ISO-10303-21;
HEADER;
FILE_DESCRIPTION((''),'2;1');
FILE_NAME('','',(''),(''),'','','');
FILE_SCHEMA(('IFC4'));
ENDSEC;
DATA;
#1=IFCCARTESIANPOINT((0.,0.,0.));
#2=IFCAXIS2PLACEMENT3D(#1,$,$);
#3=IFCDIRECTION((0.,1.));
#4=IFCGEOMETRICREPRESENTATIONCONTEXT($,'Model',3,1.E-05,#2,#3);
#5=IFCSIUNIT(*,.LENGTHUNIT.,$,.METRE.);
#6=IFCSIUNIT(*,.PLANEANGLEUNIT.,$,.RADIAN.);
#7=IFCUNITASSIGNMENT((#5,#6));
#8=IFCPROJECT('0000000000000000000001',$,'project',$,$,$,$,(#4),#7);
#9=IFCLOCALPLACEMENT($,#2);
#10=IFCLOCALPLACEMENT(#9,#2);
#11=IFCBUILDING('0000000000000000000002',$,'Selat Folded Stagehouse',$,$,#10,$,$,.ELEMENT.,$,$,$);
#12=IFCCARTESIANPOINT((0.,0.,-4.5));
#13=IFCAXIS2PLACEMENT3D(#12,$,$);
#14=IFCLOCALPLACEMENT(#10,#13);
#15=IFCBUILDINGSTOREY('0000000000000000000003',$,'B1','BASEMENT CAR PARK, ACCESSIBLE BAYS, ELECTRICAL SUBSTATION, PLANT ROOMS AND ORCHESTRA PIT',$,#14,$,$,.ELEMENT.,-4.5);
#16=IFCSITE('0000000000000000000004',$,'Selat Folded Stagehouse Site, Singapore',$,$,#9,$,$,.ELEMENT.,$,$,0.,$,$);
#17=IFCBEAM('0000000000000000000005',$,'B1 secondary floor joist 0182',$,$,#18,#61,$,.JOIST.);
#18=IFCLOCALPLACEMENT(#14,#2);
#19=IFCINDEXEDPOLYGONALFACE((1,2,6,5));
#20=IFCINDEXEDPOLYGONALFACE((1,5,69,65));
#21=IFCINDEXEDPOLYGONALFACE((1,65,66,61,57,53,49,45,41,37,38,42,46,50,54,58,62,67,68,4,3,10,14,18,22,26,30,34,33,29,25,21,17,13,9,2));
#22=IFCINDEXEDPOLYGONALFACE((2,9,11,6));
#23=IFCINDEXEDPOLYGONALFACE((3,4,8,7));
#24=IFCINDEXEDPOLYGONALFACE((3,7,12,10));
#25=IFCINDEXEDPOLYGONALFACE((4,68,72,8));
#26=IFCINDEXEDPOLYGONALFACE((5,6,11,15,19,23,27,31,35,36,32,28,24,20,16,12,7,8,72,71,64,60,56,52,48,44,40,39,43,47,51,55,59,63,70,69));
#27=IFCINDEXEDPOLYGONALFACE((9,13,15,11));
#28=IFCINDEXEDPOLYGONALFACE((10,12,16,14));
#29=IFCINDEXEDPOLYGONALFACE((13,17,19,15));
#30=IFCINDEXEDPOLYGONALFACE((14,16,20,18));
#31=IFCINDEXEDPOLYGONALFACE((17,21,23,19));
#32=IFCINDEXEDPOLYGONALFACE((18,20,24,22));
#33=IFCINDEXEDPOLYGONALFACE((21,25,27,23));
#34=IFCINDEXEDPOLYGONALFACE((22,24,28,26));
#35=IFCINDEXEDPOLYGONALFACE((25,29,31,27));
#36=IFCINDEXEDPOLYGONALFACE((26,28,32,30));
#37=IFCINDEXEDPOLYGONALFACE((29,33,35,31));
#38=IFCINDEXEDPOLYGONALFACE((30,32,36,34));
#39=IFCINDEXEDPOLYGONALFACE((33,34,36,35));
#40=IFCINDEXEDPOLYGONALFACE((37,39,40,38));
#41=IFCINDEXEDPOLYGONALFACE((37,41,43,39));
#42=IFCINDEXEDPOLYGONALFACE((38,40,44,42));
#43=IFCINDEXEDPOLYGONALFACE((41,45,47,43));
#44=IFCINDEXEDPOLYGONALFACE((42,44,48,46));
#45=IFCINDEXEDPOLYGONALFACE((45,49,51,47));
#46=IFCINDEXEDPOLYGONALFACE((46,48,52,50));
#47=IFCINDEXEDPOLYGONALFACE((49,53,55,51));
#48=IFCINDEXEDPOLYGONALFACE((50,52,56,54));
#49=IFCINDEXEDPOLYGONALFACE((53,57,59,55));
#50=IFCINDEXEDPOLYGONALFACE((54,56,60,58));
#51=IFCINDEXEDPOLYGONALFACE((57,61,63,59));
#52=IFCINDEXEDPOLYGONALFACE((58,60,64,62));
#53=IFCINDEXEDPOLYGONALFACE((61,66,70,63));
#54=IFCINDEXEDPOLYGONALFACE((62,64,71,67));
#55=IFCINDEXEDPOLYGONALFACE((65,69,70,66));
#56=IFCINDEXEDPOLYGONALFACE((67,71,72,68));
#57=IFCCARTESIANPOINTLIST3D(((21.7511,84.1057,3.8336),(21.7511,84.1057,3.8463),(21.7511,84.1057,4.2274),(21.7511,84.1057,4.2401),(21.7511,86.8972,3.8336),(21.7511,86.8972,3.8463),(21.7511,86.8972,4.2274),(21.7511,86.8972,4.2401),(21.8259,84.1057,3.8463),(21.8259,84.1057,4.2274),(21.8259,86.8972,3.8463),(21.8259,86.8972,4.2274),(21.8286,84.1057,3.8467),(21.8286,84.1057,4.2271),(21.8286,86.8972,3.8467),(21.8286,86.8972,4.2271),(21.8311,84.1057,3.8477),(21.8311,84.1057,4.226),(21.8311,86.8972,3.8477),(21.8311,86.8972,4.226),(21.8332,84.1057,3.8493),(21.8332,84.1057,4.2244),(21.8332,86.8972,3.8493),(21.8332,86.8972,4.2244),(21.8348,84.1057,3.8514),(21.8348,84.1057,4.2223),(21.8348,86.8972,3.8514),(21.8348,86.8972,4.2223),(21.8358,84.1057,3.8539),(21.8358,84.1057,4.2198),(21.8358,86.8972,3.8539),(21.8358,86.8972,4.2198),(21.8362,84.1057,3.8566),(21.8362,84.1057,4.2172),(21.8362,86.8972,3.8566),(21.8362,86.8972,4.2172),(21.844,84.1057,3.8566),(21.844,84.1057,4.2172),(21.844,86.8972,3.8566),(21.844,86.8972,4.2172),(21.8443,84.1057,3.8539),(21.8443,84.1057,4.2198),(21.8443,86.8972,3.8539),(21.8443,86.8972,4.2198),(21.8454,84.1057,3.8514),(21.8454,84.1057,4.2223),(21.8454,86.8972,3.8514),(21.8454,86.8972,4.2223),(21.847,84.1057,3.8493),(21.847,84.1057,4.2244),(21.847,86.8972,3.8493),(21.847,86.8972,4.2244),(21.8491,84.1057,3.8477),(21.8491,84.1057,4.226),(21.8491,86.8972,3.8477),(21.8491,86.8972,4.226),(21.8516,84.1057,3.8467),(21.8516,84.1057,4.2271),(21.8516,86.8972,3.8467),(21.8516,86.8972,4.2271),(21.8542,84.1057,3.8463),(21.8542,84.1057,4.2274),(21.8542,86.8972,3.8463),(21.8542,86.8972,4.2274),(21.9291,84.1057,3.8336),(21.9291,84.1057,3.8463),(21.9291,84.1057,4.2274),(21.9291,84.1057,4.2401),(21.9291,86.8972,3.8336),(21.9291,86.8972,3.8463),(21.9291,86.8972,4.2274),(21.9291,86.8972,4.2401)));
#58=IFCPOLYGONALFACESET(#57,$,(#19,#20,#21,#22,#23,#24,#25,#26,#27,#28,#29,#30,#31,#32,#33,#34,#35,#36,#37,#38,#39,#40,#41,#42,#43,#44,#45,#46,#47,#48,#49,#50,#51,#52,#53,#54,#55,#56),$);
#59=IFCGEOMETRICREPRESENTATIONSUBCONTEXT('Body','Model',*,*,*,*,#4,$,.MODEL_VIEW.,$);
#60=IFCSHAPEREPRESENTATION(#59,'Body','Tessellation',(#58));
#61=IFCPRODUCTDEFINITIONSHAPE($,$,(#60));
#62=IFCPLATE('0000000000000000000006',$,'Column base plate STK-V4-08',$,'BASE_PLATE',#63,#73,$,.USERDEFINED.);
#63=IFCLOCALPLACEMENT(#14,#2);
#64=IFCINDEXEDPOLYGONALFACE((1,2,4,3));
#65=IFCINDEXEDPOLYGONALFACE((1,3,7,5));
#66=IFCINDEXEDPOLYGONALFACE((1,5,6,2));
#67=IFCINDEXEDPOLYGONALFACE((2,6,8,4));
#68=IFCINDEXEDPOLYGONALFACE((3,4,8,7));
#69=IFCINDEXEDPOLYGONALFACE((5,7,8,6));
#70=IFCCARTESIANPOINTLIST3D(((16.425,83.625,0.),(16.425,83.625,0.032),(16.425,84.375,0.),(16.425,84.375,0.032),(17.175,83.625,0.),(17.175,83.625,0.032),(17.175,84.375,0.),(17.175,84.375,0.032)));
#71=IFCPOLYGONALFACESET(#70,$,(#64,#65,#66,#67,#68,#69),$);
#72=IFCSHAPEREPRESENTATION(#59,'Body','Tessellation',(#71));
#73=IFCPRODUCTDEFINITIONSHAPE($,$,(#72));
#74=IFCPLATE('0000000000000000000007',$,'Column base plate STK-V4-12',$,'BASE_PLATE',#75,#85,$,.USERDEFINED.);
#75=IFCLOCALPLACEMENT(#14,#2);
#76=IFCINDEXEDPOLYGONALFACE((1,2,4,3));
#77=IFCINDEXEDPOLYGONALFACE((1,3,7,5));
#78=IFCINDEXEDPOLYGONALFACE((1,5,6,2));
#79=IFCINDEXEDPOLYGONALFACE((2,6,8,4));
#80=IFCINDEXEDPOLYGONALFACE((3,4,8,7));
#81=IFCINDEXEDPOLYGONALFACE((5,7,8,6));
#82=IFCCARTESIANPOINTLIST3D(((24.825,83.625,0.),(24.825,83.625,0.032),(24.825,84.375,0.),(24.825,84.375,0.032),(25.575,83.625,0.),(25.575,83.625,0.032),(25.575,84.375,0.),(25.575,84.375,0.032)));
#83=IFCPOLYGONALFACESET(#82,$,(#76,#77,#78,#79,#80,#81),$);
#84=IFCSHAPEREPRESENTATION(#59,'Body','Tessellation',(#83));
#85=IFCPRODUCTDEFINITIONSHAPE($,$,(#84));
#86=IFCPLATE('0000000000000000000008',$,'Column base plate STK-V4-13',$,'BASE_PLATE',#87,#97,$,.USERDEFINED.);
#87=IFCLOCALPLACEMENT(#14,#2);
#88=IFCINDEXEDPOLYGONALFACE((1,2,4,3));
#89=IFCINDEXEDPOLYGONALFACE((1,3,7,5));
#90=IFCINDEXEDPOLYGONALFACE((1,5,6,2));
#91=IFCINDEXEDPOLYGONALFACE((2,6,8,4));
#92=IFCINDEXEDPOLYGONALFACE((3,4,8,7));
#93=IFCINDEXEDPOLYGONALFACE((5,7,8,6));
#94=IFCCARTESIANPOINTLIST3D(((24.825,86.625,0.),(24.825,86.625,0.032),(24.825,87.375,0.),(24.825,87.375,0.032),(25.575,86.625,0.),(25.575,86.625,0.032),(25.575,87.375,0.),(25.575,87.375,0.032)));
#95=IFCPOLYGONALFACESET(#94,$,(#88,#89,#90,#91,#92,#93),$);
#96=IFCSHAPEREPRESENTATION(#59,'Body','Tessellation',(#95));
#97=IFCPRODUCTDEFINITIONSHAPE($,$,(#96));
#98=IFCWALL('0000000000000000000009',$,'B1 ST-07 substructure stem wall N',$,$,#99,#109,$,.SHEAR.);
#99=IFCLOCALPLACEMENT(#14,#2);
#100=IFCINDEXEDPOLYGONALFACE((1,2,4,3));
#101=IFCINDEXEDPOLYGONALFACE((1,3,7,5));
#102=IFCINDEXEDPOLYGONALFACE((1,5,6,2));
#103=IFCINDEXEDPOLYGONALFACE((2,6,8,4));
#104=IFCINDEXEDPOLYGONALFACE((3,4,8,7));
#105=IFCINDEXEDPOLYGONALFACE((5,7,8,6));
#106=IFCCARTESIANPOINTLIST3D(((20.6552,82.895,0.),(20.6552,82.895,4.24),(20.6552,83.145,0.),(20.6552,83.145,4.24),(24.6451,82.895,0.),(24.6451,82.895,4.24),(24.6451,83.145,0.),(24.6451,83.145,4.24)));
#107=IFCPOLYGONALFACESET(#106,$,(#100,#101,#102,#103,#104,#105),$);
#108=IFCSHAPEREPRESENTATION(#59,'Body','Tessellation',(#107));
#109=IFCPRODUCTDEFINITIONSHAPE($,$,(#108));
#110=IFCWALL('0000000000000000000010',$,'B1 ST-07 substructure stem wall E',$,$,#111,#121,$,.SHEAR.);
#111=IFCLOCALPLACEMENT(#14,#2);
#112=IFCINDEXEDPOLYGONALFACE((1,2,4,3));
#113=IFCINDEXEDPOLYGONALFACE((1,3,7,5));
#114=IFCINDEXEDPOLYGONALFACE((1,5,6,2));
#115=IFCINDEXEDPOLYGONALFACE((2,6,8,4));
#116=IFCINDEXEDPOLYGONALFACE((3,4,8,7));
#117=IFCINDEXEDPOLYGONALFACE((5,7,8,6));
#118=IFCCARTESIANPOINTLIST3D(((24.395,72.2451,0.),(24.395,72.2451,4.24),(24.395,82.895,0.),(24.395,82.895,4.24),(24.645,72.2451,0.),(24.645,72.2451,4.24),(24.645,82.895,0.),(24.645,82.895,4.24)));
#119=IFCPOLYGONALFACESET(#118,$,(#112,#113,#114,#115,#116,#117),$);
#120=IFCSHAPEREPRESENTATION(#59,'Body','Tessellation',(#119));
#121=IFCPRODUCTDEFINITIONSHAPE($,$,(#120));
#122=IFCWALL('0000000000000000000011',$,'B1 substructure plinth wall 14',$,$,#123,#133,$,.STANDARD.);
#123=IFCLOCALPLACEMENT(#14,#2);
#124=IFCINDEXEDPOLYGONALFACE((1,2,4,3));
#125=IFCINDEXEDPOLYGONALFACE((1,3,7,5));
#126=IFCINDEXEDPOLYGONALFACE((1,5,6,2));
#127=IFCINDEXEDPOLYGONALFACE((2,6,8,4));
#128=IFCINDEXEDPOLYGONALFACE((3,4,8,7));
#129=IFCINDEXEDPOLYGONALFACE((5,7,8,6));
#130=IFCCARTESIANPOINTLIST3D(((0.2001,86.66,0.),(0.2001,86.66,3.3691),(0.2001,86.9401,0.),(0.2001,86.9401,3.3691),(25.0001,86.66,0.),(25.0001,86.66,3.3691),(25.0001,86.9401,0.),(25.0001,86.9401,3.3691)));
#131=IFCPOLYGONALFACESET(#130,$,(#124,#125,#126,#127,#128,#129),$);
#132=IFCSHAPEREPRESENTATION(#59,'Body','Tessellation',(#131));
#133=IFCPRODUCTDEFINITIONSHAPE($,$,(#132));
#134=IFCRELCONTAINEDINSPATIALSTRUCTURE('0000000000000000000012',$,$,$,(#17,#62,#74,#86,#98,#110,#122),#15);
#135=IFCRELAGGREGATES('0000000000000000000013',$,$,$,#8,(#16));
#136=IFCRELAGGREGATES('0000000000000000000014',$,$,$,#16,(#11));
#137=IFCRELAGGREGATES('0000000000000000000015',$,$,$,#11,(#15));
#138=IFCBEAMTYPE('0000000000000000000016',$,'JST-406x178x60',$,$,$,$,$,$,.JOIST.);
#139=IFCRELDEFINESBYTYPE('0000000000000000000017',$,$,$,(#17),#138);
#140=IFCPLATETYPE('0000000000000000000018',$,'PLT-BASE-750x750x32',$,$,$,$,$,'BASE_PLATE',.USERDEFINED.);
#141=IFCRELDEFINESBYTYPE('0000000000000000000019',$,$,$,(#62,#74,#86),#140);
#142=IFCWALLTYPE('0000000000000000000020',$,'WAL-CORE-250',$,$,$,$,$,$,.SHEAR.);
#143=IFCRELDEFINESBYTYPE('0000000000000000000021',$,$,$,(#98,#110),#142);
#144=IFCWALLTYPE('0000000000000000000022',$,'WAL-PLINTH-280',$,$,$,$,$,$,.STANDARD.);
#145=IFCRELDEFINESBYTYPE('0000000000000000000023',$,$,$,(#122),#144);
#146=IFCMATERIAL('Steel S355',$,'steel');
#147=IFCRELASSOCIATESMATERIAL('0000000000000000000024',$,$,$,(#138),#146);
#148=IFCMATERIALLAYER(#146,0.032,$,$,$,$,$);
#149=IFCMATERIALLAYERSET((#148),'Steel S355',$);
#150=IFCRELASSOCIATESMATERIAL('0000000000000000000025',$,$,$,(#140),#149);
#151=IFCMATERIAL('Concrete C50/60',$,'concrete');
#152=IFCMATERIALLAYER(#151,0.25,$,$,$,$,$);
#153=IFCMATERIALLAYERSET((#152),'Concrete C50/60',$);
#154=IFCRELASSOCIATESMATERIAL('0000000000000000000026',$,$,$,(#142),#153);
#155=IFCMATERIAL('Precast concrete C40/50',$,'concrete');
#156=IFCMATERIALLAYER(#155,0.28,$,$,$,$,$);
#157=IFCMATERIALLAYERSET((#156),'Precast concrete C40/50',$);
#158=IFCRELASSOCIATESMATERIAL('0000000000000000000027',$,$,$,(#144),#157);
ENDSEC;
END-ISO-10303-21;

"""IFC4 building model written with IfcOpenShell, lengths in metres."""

from ifc_helpers import new_model, si_unit, direction, frame, frame_2d, origin, origin_2d, place, context, subcontext, project, spatial, rectangle, i_section, extrude, material, layer, layer_set, material_profile, profile_set, type_object, element, save


model = new_model("IFC4")

# Units and contexts
model_context = context("Model", 3, precision=1e-05, world=origin(), true_north=direction((0.0, 1.0)))
body_context = subcontext(model_context, "Body", "Model", "MODEL_VIEW")
ifc_project = project(units=[si_unit("LENGTHUNIT", "METRE"), si_unit("PLANEANGLEUNIT", "RADIAN")], contexts=[model_context])

# Site, building, storey
site_placement = place(None, origin())
site = spatial("IfcSite", under=ifc_project, at=site_placement, Name="Selat Folded Stagehouse Site, Singapore", CompositionType="ELEMENT", RefElevation=0.0)
building_placement = place(site_placement, origin())
building = spatial("IfcBuilding", under=site, at=building_placement, Name="Selat Folded Stagehouse", CompositionType="ELEMENT")
storey_placement = place(building_placement, frame((0.0, 0.0, -4.5)))
storey = spatial("IfcBuildingStorey", under=building, at=storey_placement, Name="B1", Description="BASEMENT CAR PARK, ACCESSIBLE BAYS, ELECTRICAL SUBSTATION, PLANT ROOMS AND ORCHESTRA PIT", CompositionType="ELEMENT", Elevation=-4.5)

# Shared definitions
ifc_material_1 = material(Name="Steel S355", Category="steel")

# Beam
ifc_material_profile_1 = material_profile(ifc_material_1, i_section(OverallWidth=0.178, OverallDepth=0.4065, WebThickness=0.0078, FlangeThickness=0.0127, FilletRadius=0.0103, at=origin_2d()), Name="UKB 406x178x60")
ifc_profile_set_1 = profile_set([ifc_material_profile_1], Name="Steel S355")
beam_type_1 = type_object("IfcBeamType", Name="JST-406x178x60", PredefinedType="JOIST", material=ifc_profile_set_1)
beam_1_placement = place(storey_placement, frame((21.8401, 84.1057, 4.0369), z_axis=(0.0, 1.0, 0.0), x_axis=(-1.0, 0.0, 0.0)))
element("IfcBeam", 1, at=beam_1_placement, inside=storey, type_object=beam_type_1, Name="B1 secondary floor joist 0182", PredefinedType="JOIST", context=body_context, shape_type="SweptSolid", body=[
    extrude(i_section(OverallWidth=0.178, OverallDepth=0.4065, WebThickness=0.0078, FlangeThickness=0.0127, FilletRadius=0.0103, at=origin_2d()), origin(), (0.0, 0.0, 1.0), 2.7915),
])

# Plates
ifc_layer_1 = layer(ifc_material_1, 0.032)
ifc_layer_set_1 = layer_set([ifc_layer_1], Name="Steel S355")
plate_type = type_object("IfcPlateType", Name="PLT-BASE-750x750x32", ElementType="BASE_PLATE", PredefinedType="USERDEFINED", material=ifc_layer_set_1)
for number, where, z_axis, x_axis, name in (
    (2, (16.8, 84.0, 0.0), (0.0, 0.0, 1.0), (1.0, 0.0, 0.0), "Column base plate STK-V4-08"),
    (3, (25.2, 84.0, 0.0), (0.0, 0.0, 1.0), (1.0, 0.0, 0.0), "Column base plate STK-V4-12"),
    (4, (25.2, 87.0, 0.0), (0.0, 0.0, 1.0), (1.0, 0.0, 0.0), "Column base plate STK-V4-13"),
):
    element("IfcPlate", number, at=place(storey_placement, frame(where, z_axis=z_axis, x_axis=x_axis)), inside=storey, type_object=plate_type, Name=name, ObjectType="BASE_PLATE", PredefinedType="USERDEFINED", context=body_context, shape_type="SweptSolid", body=[
        extrude(rectangle(XDim=0.75, YDim=0.75, at=origin_2d()), origin(), (0.0, 0.0, 1.0), 0.032),
    ])

# Walls
ifc_material_2 = material(Name="Concrete C50/60", Category="concrete")
ifc_layer_2 = layer(ifc_material_2, 0.25)
ifc_layer_set_2 = layer_set([ifc_layer_2], Name="Concrete C50/60")
wall_type_1 = type_object("IfcWallType", Name="WAL-CORE-250", PredefinedType="SHEAR", material=ifc_layer_set_2)
wall_1_placement = place(storey_placement, frame((20.655, 83.02, 0.0), z_axis=(0.0, 0.0, 1.0), x_axis=(1.0, 0.0, 0.0)))
element("IfcWall", 5, at=wall_1_placement, inside=storey, type_object=wall_type_1, Name="B1 ST-07 substructure stem wall N", PredefinedType="SHEAR", context=body_context, shape_type="SweptSolid", body=[
    extrude(rectangle(XDim=3.99, YDim=0.25, at=frame_2d((1.9951, 0.0))), origin(), (0.0, 0.0, 1.0), 4.24),
])
wall_2_placement = place(storey_placement, frame((24.52, 82.895, 0.0), z_axis=(0.0, 0.0, 1.0), x_axis=(0.0, -1.0, 0.0)))
element("IfcWall", 6, at=wall_2_placement, inside=storey, type_object=wall_type_1, Name="B1 ST-07 substructure stem wall E", PredefinedType="SHEAR", context=body_context, shape_type="SweptSolid", body=[
    extrude(rectangle(XDim=10.6499, YDim=0.25, at=frame_2d((5.325, 0.0))), origin(), (0.0, 0.0, 1.0), 4.24),
])
ifc_material_3 = material(Name="Precast concrete C40/50", Category="concrete")
ifc_layer_3 = layer(ifc_material_3, 0.28)
ifc_layer_set_3 = layer_set([ifc_layer_3], Name="Precast concrete C40/50")
wall_type_2 = type_object("IfcWallType", Name="WAL-PLINTH-280", PredefinedType="STANDARD", material=ifc_layer_set_3)
wall_3_placement = place(storey_placement, frame((25.0, 86.8, 0.0), z_axis=(0.0, 0.0, 1.0), x_axis=(-1.0, 0.0, 0.0)))
element("IfcWall", 7, at=wall_3_placement, inside=storey, type_object=wall_type_2, Name="B1 substructure plinth wall 14", PredefinedType="STANDARD", context=body_context, shape_type="SweptSolid", body=[
    extrude(rectangle(XDim=24.8, YDim=0.28, at=frame_2d((12.3999, 0.0))), origin(), (0.0, 0.0, 1.0), 3.3691),
])

save(model, "model.ifc")
